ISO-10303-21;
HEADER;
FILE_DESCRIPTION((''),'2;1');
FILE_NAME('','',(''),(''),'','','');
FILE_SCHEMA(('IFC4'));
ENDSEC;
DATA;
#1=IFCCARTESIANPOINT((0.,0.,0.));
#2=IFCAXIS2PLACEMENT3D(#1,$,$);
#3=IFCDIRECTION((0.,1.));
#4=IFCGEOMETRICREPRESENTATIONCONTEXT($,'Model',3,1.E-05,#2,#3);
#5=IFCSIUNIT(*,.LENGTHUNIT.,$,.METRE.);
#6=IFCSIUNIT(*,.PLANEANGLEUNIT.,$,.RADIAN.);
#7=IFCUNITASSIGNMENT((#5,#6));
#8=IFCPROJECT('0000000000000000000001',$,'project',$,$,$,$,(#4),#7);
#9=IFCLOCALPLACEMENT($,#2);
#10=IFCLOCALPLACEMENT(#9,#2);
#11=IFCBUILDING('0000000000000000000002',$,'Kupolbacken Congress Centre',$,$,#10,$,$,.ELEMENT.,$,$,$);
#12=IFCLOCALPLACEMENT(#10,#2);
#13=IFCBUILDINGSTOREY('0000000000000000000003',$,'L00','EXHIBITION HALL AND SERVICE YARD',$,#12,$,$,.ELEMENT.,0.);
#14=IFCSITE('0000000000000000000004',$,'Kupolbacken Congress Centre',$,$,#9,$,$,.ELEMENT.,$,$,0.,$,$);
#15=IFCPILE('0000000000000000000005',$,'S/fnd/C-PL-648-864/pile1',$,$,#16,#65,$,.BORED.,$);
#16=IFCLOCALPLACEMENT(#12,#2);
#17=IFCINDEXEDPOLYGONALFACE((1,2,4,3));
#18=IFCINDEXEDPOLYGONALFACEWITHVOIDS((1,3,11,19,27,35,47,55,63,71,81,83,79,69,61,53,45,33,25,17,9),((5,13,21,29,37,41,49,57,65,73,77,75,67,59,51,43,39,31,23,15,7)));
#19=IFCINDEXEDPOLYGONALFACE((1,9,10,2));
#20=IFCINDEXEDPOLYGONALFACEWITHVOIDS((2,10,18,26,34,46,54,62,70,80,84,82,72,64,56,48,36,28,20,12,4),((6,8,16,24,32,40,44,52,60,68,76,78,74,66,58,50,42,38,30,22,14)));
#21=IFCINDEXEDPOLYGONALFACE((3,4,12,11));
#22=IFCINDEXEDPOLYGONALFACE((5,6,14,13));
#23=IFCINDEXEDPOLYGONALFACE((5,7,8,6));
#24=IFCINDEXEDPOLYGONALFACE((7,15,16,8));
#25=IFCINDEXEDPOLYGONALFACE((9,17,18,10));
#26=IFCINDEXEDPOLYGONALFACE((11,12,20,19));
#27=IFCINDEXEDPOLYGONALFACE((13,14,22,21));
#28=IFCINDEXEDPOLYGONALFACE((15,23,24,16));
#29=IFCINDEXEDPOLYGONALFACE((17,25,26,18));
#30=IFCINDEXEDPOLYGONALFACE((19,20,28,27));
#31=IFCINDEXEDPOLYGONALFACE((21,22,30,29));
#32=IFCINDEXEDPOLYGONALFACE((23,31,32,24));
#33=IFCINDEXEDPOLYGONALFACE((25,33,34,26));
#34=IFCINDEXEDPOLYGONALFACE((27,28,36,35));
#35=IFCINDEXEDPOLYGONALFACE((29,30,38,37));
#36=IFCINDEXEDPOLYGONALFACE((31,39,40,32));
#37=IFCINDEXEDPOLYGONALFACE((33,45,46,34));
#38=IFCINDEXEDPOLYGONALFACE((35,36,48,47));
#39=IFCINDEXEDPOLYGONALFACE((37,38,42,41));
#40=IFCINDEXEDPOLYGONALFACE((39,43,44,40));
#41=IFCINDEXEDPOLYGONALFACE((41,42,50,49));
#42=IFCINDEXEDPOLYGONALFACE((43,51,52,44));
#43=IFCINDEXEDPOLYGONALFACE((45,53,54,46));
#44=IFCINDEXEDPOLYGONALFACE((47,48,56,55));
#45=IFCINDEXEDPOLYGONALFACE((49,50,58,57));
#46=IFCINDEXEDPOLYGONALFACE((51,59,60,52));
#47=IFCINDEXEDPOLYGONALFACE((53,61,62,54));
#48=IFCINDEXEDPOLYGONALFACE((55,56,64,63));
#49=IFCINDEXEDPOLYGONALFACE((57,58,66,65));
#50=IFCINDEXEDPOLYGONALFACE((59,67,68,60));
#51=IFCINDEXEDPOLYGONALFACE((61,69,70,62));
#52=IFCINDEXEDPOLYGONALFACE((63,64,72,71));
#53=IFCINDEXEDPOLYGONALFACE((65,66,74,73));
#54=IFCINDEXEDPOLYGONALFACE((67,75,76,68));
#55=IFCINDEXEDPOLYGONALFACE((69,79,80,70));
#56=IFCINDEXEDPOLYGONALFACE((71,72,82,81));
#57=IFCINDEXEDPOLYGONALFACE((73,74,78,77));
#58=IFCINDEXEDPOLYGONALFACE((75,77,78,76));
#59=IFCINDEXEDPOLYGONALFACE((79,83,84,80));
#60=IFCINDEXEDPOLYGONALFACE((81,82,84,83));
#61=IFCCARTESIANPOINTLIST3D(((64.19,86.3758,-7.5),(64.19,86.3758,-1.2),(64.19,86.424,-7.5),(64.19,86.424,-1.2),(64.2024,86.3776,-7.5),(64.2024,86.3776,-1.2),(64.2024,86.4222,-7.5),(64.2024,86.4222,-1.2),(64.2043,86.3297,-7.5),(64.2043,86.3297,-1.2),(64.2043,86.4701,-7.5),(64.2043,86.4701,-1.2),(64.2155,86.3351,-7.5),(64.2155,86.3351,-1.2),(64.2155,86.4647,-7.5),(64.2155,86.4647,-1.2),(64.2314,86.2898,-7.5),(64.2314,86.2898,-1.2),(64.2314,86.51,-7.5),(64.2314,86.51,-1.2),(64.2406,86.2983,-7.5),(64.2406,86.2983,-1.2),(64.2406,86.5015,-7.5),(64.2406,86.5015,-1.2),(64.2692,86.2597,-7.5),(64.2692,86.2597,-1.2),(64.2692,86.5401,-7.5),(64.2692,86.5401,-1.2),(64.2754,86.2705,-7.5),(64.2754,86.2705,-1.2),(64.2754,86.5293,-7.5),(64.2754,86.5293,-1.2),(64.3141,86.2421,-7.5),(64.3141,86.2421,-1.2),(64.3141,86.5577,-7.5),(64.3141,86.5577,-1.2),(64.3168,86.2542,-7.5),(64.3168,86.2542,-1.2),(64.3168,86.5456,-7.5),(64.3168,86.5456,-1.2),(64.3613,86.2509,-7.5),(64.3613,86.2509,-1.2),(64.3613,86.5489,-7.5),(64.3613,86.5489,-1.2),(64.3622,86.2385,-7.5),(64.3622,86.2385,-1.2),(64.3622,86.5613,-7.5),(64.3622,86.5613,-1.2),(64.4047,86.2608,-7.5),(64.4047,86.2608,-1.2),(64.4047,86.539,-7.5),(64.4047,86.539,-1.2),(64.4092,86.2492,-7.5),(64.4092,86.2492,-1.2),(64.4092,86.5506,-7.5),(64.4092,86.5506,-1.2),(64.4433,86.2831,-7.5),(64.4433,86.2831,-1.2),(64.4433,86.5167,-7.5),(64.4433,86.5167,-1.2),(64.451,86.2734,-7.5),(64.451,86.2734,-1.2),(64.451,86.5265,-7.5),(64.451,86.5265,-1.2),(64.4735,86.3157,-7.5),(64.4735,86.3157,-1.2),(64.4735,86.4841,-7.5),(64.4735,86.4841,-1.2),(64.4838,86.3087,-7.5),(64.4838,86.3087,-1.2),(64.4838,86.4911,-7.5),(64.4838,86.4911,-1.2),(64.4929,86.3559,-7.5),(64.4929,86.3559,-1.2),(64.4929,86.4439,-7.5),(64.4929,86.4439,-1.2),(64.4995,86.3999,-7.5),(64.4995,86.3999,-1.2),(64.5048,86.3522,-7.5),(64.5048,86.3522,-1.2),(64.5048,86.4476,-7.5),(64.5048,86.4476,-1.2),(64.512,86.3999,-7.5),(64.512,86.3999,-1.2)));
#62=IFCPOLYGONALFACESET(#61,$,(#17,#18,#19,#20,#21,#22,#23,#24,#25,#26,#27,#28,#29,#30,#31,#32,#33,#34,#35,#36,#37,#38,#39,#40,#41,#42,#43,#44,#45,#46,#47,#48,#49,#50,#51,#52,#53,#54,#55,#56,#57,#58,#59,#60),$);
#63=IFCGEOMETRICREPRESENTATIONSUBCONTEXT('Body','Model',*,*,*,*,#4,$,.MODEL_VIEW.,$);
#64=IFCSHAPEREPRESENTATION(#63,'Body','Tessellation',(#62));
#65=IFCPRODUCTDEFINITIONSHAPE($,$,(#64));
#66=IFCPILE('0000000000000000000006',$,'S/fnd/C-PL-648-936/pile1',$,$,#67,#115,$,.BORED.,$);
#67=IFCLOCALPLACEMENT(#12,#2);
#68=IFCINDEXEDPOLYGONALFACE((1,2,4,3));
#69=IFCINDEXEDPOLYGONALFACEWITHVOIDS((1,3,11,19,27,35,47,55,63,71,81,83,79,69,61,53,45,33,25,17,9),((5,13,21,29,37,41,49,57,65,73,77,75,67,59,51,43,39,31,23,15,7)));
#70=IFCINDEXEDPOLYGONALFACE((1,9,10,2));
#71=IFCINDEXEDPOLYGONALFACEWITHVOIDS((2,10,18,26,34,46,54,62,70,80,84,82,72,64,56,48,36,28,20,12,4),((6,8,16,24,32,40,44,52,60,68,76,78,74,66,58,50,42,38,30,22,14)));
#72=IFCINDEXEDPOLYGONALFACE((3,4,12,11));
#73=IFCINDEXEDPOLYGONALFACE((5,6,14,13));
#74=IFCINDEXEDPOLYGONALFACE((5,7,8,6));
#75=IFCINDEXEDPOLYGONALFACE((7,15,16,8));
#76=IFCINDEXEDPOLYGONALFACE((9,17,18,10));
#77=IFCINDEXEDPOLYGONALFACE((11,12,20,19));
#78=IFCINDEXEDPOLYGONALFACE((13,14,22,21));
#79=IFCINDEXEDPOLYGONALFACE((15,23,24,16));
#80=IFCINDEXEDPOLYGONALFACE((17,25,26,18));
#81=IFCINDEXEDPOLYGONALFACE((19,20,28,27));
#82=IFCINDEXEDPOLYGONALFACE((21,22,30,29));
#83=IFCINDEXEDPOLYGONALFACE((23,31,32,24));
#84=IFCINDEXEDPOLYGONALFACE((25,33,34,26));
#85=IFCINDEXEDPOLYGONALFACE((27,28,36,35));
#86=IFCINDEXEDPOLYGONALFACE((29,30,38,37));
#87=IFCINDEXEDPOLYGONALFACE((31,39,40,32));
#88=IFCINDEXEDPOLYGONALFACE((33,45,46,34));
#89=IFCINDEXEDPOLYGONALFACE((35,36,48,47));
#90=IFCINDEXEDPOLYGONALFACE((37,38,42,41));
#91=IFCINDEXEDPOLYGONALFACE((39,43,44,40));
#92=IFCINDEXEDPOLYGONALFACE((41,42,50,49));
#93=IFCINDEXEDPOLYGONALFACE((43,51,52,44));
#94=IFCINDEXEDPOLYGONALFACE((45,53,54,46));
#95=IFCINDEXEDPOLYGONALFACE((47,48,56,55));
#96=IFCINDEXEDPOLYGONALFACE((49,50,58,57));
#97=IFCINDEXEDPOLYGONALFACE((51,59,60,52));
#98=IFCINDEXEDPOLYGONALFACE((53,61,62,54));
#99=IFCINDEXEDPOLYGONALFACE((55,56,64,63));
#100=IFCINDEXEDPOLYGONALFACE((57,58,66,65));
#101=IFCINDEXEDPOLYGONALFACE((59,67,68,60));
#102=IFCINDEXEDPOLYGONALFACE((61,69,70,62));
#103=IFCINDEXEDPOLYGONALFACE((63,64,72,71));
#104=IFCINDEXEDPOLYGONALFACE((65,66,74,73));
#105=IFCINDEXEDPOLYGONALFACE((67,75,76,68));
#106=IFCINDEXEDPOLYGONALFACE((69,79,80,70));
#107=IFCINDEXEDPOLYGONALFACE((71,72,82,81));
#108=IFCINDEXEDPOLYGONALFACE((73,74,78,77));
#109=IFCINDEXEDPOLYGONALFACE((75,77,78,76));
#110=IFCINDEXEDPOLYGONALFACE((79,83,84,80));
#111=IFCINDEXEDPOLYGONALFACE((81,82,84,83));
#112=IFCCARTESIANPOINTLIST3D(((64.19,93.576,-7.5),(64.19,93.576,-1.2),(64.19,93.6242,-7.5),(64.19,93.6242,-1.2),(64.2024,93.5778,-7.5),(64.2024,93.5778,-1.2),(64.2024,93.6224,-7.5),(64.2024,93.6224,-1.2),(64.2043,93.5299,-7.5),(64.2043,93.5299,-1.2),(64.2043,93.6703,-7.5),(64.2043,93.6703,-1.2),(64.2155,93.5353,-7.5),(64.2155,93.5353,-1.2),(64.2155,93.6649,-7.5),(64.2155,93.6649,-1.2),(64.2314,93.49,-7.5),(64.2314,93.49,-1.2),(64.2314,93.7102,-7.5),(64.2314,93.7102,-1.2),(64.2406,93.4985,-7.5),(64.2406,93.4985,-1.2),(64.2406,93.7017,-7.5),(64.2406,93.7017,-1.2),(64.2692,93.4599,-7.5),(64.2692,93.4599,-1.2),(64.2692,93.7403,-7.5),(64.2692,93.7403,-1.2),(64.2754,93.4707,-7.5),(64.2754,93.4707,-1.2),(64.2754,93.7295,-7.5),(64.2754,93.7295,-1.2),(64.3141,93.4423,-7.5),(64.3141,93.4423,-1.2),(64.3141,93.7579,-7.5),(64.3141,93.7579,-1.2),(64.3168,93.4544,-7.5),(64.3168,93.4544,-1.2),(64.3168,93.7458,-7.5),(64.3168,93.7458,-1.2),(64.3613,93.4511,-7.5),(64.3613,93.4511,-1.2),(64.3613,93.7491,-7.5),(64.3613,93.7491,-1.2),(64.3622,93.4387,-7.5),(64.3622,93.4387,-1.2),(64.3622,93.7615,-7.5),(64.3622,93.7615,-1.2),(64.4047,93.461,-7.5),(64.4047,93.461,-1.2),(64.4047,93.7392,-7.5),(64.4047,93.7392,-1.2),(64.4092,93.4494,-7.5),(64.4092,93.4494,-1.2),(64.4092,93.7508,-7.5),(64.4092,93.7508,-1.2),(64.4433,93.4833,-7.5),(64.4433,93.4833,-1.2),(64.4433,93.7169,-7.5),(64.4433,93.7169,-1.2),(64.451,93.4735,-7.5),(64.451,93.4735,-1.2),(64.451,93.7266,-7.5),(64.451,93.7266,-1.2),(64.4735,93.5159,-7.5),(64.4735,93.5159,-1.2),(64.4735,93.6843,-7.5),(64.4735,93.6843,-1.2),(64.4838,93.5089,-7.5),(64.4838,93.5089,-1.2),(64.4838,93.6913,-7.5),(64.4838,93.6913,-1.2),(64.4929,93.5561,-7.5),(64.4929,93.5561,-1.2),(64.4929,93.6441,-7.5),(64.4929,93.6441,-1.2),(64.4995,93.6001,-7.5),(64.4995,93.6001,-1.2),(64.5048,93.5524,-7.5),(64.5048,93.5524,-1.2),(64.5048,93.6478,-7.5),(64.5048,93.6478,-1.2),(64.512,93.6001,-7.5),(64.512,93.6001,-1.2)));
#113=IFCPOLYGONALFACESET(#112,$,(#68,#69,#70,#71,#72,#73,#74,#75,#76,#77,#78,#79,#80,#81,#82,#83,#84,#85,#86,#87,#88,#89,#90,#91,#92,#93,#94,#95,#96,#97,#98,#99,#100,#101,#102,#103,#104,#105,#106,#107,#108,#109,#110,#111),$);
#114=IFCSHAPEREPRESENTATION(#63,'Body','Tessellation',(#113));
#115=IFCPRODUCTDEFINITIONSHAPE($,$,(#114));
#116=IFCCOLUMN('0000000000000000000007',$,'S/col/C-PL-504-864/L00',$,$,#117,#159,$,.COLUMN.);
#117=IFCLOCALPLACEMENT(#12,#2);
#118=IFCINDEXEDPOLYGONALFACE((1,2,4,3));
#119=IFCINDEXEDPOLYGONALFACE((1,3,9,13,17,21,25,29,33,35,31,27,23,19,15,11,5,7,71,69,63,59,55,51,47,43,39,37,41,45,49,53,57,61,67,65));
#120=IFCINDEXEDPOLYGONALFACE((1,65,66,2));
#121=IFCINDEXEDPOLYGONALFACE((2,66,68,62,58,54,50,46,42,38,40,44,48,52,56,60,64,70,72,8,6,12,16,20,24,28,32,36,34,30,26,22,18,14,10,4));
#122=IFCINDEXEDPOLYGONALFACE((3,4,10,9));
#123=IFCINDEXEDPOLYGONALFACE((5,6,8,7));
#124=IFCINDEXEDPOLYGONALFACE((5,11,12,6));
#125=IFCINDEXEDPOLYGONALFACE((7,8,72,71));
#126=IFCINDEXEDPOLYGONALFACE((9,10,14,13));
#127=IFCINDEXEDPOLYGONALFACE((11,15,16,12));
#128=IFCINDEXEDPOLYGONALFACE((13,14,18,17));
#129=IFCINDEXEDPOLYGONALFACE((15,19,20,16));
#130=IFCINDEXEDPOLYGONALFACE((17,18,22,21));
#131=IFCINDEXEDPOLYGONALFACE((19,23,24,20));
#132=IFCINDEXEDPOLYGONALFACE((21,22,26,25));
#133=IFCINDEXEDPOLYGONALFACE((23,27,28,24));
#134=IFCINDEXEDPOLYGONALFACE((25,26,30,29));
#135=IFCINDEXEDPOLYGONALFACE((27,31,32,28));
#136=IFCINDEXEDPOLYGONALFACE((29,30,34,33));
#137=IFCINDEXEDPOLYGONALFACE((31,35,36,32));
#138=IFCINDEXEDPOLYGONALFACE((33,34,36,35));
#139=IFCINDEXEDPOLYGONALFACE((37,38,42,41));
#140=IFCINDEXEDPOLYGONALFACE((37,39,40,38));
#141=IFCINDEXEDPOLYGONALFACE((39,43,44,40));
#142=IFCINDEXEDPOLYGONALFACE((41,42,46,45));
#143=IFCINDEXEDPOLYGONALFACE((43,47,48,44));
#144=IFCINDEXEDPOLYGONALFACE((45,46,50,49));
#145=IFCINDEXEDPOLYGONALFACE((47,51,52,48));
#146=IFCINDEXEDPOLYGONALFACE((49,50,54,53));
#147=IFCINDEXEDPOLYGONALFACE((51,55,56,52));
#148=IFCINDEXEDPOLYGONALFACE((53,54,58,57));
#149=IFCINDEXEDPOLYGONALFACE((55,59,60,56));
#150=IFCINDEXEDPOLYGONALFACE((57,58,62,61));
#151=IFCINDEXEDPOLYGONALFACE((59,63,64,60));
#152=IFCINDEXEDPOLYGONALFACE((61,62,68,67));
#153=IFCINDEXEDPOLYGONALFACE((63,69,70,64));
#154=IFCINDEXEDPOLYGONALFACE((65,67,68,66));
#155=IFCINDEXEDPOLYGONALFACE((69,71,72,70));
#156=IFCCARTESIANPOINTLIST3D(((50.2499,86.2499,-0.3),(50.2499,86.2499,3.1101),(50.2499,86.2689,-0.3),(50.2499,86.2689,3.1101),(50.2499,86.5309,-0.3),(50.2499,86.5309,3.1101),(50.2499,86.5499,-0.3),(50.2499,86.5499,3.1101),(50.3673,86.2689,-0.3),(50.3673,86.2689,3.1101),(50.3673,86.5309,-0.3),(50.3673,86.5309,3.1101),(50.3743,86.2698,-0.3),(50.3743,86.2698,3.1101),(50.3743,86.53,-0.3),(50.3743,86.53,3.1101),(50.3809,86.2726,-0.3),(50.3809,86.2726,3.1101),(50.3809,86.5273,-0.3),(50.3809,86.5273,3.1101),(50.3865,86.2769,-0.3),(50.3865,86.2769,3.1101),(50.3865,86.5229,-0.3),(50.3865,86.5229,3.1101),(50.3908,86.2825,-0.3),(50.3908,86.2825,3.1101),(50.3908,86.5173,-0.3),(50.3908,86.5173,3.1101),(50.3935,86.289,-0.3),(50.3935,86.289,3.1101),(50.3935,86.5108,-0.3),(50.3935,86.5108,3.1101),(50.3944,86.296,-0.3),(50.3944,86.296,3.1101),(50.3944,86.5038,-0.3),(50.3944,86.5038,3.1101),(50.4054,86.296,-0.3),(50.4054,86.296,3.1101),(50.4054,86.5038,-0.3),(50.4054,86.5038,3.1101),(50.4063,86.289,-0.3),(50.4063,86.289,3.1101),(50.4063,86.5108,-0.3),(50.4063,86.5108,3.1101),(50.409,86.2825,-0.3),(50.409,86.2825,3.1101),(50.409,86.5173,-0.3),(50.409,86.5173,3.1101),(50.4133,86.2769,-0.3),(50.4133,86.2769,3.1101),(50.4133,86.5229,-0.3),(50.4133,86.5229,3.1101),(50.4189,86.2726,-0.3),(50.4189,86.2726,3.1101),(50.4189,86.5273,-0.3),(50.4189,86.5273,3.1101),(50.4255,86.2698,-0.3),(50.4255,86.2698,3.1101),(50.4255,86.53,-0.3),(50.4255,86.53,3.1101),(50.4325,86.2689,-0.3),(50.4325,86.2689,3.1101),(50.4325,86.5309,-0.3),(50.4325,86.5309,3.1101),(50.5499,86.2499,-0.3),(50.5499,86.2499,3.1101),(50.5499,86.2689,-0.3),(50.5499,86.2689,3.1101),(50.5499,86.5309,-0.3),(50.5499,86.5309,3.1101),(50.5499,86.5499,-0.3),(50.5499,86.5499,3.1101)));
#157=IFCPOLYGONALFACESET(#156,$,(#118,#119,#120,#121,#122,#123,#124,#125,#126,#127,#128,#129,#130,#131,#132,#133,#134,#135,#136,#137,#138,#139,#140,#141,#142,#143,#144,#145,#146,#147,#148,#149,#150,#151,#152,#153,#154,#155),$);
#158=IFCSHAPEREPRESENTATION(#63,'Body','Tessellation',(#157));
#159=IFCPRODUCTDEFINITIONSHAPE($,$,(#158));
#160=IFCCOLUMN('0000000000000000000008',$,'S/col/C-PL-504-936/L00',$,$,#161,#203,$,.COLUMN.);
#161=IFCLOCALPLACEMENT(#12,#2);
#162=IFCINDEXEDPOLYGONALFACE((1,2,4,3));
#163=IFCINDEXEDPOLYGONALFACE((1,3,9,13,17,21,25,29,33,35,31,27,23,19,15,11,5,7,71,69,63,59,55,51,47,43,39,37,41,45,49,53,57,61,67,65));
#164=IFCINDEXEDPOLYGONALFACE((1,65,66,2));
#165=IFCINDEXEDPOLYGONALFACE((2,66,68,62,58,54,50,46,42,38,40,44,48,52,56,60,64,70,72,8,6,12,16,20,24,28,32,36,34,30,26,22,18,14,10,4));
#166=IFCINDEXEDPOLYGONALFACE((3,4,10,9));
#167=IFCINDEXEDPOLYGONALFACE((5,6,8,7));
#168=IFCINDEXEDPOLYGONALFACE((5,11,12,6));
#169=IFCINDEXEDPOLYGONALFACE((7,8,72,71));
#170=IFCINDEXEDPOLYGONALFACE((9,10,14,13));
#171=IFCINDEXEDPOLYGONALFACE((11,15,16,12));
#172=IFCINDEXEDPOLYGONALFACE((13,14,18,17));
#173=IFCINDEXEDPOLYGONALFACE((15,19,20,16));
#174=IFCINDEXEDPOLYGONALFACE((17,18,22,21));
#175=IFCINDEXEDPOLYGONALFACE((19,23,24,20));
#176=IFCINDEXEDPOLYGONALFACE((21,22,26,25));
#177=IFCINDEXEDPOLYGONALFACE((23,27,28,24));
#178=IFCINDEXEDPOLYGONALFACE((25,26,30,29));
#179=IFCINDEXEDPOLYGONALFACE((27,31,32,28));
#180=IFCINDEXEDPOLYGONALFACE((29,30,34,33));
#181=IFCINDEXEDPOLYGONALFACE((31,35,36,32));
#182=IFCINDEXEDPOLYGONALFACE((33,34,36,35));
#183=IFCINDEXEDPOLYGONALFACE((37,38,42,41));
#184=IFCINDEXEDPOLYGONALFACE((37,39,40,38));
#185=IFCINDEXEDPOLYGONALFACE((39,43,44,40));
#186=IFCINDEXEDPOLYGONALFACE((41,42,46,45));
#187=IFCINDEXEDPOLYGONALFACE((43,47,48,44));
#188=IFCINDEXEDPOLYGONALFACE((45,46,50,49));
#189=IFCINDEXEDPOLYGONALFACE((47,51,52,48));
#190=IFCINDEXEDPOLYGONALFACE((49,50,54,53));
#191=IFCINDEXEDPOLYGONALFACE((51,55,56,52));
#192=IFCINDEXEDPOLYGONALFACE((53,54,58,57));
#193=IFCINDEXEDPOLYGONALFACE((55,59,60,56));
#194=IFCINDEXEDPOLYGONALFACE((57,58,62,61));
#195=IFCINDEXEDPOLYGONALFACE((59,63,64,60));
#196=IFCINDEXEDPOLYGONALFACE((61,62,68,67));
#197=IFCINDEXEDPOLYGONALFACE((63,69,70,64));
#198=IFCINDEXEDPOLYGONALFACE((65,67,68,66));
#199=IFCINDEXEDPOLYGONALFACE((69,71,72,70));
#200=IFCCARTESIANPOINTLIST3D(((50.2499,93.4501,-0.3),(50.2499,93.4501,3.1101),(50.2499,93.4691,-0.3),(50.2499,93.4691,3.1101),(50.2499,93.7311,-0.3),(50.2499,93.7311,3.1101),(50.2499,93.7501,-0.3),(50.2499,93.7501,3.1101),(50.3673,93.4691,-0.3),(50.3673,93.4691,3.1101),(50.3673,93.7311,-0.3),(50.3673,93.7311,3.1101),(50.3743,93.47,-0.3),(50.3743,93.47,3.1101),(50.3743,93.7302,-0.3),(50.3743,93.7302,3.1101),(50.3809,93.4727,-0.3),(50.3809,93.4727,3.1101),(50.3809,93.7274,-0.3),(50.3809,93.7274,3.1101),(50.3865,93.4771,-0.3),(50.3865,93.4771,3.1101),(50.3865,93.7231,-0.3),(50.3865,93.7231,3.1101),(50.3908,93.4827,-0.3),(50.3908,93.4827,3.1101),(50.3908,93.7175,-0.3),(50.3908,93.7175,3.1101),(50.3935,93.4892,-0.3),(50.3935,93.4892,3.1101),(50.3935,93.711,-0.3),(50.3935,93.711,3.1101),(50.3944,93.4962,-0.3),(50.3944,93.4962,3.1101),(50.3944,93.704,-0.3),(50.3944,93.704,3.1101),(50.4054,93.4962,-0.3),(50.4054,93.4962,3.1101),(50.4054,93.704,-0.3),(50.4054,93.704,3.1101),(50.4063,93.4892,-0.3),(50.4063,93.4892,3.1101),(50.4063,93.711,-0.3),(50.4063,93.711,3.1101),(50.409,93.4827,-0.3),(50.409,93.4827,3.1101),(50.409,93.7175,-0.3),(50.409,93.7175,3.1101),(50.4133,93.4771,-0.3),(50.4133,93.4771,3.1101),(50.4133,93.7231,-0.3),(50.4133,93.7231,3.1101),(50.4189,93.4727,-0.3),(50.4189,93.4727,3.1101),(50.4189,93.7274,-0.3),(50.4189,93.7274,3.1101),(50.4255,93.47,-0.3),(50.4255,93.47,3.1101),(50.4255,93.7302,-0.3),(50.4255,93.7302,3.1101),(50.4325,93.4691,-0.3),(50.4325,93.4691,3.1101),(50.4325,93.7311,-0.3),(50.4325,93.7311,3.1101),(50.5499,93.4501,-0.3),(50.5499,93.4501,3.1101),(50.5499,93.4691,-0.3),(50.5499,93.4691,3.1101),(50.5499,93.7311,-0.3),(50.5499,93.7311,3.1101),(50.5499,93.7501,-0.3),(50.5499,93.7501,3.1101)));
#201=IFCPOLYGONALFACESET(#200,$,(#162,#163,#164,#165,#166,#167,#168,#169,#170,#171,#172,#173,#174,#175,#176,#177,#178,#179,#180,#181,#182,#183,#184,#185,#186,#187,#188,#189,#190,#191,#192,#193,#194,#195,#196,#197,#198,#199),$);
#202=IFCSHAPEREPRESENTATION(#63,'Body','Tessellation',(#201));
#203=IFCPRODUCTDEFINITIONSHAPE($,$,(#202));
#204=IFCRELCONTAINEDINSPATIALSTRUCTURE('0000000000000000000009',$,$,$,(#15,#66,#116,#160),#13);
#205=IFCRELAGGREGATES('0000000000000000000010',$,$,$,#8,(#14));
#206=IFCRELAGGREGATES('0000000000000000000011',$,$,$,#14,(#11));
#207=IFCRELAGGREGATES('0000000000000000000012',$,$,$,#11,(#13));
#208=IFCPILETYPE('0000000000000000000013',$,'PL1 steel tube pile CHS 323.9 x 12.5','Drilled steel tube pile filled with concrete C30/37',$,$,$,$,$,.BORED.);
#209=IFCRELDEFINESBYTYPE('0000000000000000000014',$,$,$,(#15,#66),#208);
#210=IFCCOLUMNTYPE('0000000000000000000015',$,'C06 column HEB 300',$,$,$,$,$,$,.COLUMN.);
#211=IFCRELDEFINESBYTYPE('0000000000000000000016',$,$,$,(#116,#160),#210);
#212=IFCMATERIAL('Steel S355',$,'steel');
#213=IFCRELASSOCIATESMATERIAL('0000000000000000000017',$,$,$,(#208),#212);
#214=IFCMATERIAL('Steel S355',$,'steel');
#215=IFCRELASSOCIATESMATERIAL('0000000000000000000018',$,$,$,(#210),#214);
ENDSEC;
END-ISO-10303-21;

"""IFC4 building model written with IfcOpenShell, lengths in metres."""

from ifc_helpers import new_model, si_unit, direction, frame, origin, origin_2d, place, context, subcontext, project, spatial, hollow_circle, i_section, extrude, material, material_profile, profile_set, type_object, element, save


model = new_model("IFC4")

# Units and contexts
model_context = context("Model", 3, precision=1e-05, world=origin(), true_north=direction((0.0, 1.0)))
body_context = subcontext(model_context, "Body", "Model", "MODEL_VIEW")
ifc_project = project(units=[si_unit("LENGTHUNIT", "METRE"), si_unit("PLANEANGLEUNIT", "RADIAN")], contexts=[model_context])

# Site, building, storey
site_placement = place(None, origin())
site = spatial("IfcSite", under=ifc_project, at=site_placement, Name="Kupolbacken Congress Centre", CompositionType="ELEMENT", RefElevation=0.0)
building_placement = place(site_placement, origin())
building = spatial("IfcBuilding", under=site, at=building_placement, Name="Kupolbacken Congress Centre", CompositionType="ELEMENT")
storey_placement = place(building_placement, origin())
storey = spatial("IfcBuildingStorey", under=building, at=storey_placement, Name="L00", Description="EXHIBITION HALL AND SERVICE YARD", CompositionType="ELEMENT", Elevation=0.0)

# Piles
ifc_material_1 = material(Name="Steel S355", Category="steel")
ifc_material_profile_1 = material_profile(ifc_material_1, hollow_circle(Radius=0.1619, WallThickness=0.0125, at=origin_2d()), Name="CHS 323.9 x 12.5")
ifc_profile_set_1 = profile_set([ifc_material_profile_1], Name="Steel S355")
pile_type = type_object("IfcPileType", Name="PL1 steel tube pile CHS 323.9 x 12.5", Description="Drilled steel tube pile filled with concrete C30/37", PredefinedType="BORED", material=ifc_profile_set_1)
for number, where, z_axis, x_axis, name in (
    (1, (64.3501, 86.3999, -1.2), (0.0, 0.0, -1.0), (1.0, 0.0, 0.0), "S/fnd/C-PL-648-864/pile1"),
    (2, (64.3501, 93.6001, -1.2), (0.0, 0.0, -1.0), (1.0, 0.0, 0.0), "S/fnd/C-PL-648-936/pile1"),
):
    element("IfcPile", number, at=place(storey_placement, frame(where, z_axis=z_axis, x_axis=x_axis)), inside=storey, type_object=pile_type, Name=name, PredefinedType="BORED", context=body_context, shape_type="SweptSolid", body=[
        extrude(hollow_circle(Radius=0.1619, WallThickness=0.0125, at=origin_2d()), origin(), (0.0, 0.0, 1.0), 6.3),
    ])

# Columns
ifc_material_2 = material(Name="Steel S355", Category="steel")
ifc_material_profile_2 = material_profile(ifc_material_2, i_section(OverallWidth=0.3, OverallDepth=0.3, WebThickness=0.011, FlangeThickness=0.019, FilletRadius=0.0271, at=origin_2d()), Name="HEB 300")
ifc_profile_set_2 = profile_set([ifc_material_profile_2], Name="Steel S355")
column_type = type_object("IfcColumnType", Name="C06 column HEB 300", PredefinedType="COLUMN", material=ifc_profile_set_2)
for number, where, z_axis, x_axis, name in (
    (3, (50.3999, 86.3999, -0.3), (0.0, 0.0, 1.0), (1.0, 0.0, 0.0), "S/col/C-PL-504-864/L00"),
    (4, (50.3999, 93.6001, -0.3), (0.0, 0.0, 1.0), (1.0, 0.0, 0.0), "S/col/C-PL-504-936/L00"),
):
    element("IfcColumn", number, at=place(storey_placement, frame(where, z_axis=z_axis, x_axis=x_axis)), inside=storey, type_object=column_type, Name=name, PredefinedType="COLUMN", context=body_context, shape_type="SweptSolid", body=[
        extrude(i_section(OverallWidth=0.3, OverallDepth=0.3, WebThickness=0.011, FlangeThickness=0.019, FilletRadius=0.0271, at=origin_2d()), origin(), (0.0, 0.0, 1.0), 3.4102),
    ])

save(model, "model.ifc")
